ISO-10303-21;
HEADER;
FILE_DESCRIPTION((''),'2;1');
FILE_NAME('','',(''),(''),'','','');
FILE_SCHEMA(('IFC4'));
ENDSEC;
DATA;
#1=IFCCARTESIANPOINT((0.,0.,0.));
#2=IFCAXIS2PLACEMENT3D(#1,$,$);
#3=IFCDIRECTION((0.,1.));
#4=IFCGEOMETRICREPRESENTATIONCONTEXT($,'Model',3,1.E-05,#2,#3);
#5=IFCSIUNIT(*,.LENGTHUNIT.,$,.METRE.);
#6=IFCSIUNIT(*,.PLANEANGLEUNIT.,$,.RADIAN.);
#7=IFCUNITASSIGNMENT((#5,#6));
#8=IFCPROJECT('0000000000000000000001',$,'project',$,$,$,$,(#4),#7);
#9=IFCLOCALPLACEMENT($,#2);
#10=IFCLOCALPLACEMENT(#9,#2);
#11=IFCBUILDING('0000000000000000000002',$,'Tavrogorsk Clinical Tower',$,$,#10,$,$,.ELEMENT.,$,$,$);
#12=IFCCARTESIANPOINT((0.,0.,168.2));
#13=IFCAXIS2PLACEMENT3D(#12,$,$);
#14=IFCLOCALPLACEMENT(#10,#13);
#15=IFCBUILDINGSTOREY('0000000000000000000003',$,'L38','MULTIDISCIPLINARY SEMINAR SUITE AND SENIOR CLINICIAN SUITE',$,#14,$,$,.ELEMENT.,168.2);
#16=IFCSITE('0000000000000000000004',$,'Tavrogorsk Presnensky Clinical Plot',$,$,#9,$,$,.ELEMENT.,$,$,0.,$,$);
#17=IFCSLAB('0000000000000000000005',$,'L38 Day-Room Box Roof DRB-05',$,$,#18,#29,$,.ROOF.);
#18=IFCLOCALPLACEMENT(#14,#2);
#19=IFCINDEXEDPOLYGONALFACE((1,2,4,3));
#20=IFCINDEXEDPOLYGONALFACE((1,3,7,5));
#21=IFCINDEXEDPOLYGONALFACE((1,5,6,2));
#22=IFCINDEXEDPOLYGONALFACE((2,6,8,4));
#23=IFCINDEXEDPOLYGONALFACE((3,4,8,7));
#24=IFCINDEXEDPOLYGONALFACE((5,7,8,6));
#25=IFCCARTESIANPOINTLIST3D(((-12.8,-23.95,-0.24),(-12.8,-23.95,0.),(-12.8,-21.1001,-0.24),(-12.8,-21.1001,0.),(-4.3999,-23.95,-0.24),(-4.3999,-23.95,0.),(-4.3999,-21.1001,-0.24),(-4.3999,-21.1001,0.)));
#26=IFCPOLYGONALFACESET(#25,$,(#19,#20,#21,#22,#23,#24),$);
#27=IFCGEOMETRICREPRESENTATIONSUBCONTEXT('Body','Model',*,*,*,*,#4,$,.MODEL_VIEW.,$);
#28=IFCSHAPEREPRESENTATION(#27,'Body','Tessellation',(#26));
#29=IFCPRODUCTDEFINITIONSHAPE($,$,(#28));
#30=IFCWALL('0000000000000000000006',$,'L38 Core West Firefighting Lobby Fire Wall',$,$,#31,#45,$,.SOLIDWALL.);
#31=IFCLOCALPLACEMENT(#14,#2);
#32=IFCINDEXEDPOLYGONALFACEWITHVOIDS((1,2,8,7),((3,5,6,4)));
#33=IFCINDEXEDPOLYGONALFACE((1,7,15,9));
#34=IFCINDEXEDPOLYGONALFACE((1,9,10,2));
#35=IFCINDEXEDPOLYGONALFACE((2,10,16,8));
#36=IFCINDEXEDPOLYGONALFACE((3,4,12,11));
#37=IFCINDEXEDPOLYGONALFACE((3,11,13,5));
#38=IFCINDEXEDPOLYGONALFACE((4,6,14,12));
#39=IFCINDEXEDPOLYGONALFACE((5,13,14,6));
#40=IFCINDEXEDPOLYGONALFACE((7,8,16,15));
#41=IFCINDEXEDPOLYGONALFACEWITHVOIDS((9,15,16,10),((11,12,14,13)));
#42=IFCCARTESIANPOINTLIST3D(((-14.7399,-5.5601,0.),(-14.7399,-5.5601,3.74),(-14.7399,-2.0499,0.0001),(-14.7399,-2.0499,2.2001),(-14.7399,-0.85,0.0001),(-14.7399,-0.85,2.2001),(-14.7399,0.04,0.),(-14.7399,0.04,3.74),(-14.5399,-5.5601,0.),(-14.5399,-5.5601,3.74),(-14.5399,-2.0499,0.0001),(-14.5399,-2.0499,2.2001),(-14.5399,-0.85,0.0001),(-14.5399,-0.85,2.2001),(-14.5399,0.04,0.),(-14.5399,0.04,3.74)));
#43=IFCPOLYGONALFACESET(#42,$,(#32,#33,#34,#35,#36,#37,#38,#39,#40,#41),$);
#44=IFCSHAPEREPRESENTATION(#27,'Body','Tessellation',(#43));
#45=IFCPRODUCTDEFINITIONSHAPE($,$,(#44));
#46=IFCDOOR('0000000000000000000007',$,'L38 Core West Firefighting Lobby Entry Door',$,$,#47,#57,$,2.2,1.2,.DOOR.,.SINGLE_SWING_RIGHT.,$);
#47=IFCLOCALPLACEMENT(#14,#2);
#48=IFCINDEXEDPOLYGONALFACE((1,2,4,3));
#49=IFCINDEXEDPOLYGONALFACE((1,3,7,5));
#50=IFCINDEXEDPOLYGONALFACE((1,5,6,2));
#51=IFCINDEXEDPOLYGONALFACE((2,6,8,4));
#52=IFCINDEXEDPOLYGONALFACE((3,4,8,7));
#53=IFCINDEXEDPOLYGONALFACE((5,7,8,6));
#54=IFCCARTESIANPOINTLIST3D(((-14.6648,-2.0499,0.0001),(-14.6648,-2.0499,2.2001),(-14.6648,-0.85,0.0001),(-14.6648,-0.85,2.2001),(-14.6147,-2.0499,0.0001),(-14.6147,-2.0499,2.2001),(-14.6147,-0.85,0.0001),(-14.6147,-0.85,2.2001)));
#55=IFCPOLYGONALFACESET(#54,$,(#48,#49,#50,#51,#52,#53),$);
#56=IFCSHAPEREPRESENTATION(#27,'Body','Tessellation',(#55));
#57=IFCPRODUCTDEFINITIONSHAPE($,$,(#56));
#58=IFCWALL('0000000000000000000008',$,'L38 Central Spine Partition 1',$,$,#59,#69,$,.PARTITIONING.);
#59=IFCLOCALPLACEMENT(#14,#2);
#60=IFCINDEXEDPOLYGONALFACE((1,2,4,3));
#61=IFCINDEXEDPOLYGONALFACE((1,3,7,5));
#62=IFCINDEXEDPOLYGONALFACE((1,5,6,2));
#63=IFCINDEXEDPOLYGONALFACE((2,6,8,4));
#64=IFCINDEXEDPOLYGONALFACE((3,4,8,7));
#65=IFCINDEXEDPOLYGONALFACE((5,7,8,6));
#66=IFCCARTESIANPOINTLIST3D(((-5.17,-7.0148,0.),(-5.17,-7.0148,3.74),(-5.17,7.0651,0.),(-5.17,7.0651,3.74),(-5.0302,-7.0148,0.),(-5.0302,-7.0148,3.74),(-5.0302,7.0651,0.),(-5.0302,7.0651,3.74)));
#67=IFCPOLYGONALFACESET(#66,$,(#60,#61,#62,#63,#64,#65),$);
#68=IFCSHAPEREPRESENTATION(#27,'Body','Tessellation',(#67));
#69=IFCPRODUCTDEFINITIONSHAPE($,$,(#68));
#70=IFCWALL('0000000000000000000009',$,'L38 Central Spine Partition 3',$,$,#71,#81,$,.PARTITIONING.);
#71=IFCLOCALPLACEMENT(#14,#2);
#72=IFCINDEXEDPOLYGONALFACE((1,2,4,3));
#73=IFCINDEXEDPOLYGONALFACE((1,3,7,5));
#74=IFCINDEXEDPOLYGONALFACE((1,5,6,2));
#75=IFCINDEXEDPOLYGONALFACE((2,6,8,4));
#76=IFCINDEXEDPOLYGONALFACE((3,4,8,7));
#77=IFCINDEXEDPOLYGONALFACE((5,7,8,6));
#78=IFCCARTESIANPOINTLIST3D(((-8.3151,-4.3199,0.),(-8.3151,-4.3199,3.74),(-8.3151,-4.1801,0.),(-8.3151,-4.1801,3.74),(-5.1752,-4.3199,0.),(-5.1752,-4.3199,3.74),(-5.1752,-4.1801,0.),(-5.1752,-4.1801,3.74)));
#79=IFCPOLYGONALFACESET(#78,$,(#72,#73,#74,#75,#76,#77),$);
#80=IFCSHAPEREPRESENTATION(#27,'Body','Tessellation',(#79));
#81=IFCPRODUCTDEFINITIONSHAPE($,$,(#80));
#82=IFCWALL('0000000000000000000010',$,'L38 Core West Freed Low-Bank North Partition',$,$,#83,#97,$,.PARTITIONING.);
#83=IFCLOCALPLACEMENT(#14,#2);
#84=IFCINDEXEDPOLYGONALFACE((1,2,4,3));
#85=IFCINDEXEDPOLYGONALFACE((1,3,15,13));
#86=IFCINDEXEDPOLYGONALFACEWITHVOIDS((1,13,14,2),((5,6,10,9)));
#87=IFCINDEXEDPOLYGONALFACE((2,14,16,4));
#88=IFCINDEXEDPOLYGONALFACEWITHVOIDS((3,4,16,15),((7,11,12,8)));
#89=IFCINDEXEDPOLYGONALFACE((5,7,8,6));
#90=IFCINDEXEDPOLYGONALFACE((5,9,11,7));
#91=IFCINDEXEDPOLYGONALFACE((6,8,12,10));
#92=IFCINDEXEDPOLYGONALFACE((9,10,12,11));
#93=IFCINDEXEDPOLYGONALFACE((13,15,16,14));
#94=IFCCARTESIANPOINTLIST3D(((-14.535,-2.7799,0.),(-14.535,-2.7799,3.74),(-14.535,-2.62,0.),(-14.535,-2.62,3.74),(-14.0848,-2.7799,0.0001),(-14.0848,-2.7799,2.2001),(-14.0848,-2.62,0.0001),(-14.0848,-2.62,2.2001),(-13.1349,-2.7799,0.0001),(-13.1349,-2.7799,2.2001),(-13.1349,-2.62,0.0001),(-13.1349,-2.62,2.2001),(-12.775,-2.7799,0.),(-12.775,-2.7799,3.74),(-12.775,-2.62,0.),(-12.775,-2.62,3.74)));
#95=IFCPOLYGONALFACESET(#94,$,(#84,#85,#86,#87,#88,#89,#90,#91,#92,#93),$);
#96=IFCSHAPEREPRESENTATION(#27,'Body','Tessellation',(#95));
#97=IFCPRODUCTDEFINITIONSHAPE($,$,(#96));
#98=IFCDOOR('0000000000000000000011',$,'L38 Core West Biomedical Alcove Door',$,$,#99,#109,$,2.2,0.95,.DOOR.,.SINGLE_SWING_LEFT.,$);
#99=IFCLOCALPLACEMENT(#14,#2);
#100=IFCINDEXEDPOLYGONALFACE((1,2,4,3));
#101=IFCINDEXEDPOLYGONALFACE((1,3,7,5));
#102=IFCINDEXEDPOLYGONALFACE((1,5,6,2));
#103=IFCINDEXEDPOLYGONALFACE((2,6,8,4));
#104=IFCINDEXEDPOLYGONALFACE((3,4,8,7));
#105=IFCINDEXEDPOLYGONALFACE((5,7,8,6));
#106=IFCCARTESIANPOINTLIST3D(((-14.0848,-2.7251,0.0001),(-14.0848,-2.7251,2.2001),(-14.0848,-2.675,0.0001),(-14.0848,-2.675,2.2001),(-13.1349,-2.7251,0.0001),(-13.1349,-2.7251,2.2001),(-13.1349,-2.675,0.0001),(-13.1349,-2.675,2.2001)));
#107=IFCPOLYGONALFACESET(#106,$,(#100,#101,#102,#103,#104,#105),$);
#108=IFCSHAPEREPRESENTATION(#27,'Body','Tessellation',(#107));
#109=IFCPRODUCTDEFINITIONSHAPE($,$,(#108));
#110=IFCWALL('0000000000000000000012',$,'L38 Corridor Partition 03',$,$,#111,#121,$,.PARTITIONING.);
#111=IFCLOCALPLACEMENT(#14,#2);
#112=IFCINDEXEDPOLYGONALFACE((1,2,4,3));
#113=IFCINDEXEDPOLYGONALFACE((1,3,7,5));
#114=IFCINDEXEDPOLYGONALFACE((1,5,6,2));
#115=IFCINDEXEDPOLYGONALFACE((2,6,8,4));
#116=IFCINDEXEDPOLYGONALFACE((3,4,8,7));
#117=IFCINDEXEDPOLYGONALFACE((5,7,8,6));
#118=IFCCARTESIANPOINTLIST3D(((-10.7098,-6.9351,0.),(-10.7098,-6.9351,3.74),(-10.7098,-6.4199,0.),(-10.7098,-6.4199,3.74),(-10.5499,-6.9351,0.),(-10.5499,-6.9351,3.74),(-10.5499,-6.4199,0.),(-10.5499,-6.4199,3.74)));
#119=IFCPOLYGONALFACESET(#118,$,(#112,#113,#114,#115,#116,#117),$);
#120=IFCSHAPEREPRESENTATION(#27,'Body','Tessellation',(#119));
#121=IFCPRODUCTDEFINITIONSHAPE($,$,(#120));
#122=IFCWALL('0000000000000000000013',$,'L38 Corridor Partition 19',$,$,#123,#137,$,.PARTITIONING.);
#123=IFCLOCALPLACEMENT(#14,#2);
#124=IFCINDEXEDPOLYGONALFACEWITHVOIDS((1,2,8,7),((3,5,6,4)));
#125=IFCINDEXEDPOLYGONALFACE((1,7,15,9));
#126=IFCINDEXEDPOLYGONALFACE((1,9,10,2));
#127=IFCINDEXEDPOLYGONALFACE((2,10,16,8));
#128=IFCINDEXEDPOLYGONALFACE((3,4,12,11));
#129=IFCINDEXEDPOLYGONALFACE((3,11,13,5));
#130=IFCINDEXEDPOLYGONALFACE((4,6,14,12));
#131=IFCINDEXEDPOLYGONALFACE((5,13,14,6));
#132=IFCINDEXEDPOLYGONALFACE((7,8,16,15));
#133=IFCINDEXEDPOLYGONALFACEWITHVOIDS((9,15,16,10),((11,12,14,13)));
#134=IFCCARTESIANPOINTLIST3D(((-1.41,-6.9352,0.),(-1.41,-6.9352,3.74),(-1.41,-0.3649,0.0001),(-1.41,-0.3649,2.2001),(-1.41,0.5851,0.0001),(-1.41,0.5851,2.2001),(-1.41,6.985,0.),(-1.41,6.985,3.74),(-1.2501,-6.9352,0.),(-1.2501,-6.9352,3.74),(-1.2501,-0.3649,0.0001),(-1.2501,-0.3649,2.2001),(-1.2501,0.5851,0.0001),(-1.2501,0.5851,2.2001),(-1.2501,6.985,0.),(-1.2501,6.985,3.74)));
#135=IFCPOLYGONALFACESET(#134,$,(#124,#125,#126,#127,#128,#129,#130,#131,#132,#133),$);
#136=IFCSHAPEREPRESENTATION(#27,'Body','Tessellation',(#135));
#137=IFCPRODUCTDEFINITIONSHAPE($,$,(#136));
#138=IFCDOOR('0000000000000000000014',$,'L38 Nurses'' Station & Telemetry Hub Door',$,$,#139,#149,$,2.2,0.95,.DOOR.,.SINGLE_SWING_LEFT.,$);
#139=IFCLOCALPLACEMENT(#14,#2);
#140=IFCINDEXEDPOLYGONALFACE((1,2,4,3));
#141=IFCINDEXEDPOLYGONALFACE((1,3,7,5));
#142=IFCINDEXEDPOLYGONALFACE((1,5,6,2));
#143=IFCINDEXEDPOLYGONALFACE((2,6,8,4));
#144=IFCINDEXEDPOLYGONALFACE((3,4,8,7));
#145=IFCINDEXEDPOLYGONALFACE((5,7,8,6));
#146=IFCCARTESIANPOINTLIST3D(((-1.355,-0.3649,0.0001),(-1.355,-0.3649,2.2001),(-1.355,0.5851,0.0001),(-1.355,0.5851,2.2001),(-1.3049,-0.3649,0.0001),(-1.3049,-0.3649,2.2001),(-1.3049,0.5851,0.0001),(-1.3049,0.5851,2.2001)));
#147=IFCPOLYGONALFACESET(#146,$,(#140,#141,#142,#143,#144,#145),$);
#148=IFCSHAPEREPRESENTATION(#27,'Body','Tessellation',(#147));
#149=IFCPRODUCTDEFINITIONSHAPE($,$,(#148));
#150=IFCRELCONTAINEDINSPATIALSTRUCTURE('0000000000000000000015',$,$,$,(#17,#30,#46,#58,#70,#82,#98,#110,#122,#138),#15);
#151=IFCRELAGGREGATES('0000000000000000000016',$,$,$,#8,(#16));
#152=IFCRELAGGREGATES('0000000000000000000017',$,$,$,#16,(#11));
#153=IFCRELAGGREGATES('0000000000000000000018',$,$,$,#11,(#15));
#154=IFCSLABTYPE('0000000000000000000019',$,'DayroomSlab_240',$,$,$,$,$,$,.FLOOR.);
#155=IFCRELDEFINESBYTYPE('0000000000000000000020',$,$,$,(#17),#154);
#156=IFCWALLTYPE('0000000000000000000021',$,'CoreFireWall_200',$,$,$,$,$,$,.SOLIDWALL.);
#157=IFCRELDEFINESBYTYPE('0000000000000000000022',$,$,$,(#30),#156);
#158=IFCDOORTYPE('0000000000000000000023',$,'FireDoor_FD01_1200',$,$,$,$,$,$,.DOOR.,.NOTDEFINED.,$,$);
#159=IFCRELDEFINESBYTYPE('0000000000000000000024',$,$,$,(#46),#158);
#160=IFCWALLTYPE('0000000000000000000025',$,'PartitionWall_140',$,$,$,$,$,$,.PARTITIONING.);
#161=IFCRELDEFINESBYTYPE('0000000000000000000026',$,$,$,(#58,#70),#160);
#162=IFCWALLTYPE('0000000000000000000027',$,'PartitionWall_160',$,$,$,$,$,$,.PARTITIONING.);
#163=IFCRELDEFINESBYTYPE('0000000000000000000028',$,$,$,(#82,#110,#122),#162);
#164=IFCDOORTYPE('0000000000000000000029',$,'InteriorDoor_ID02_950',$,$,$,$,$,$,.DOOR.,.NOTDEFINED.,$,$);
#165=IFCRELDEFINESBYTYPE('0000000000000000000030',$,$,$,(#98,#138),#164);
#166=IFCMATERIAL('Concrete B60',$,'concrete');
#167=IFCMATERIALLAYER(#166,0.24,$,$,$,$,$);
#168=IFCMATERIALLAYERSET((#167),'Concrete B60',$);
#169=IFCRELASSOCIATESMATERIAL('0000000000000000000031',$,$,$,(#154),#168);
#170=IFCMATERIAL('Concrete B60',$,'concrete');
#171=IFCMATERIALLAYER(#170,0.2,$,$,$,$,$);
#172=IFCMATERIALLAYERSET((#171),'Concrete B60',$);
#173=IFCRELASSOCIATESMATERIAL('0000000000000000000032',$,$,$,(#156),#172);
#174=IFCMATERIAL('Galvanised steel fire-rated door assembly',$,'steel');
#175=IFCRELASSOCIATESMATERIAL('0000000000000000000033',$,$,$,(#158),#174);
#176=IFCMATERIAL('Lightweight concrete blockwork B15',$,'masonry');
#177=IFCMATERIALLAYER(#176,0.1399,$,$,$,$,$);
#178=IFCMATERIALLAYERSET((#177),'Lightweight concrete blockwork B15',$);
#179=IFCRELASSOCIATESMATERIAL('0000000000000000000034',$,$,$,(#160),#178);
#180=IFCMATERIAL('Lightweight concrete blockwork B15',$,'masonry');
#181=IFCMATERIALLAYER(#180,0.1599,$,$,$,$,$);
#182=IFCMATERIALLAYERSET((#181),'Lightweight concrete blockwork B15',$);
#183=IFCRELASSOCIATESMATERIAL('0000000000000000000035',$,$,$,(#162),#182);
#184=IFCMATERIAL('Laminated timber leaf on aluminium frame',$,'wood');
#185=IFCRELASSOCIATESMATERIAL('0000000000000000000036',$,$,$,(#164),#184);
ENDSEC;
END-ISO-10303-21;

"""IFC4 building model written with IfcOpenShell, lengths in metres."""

from ifc_helpers import new_model, si_unit, direction, frame, frame_2d, origin, place, context, subcontext, project, spatial, polyline, rectangle, outline, extrude, material, layer, layer_set, type_object, element, fill, save


model = new_model("IFC4")

# Units and contexts
model_context = context("Model", 3, precision=1e-05, world=origin(), true_north=direction((0.0, 1.0)))
body_context = subcontext(model_context, "Body", "Model", "MODEL_VIEW")
ifc_project = project(units=[si_unit("LENGTHUNIT", "METRE"), si_unit("PLANEANGLEUNIT", "RADIAN")], contexts=[model_context])

# Site, building, storey
site_placement = place(None, origin())
site = spatial("IfcSite", under=ifc_project, at=site_placement, Name="Tavrogorsk Presnensky Clinical Plot", CompositionType="ELEMENT", RefElevation=0.0)
building_placement = place(site_placement, origin())
building = spatial("IfcBuilding", under=site, at=building_placement, Name="Tavrogorsk Clinical Tower", CompositionType="ELEMENT")
storey_placement = place(building_placement, frame((0.0, 0.0, 168.2)))
storey = spatial("IfcBuildingStorey", under=building, at=storey_placement, Name="L38", Description="MULTIDISCIPLINARY SEMINAR SUITE AND SENIOR CLINICIAN SUITE", CompositionType="ELEMENT", Elevation=168.2)

# Slab
ifc_material_1 = material(Name="Concrete B60", Category="concrete")
ifc_layer_1 = layer(ifc_material_1, 0.24)
ifc_layer_set_1 = layer_set([ifc_layer_1], Name="Concrete B60")
slab_type = type_object("IfcSlabType", Name="DayroomSlab_240", PredefinedType="FLOOR", material=ifc_layer_set_1)
slab_placement = place(storey_placement, frame((0.0, 0.0, -0.24)))
element("IfcSlab", 1, at=slab_placement, inside=storey, type_object=slab_type, Name="L38 Day-Room Box Roof DRB-05", PredefinedType="ROOF", context=body_context, shape_type="SweptSolid", body=[
    extrude(outline(polyline([(-4.3999, -23.95), (-12.8, -23.95), (-12.8, -21.1001), (-4.3999, -21.1001), (-4.3999, -23.95)])), origin(), (0.0, 0.0, 1.0), 0.24),
])

# Wall, opening, door
ifc_material_2 = material(Name="Concrete B60", Category="concrete")
ifc_layer_2 = layer(ifc_material_2, 0.2)
ifc_layer_set_2 = layer_set([ifc_layer_2], Name="Concrete B60")
wall_type_1 = type_object("IfcWallType", Name="CoreFireWall_200", PredefinedType="SOLIDWALL", material=ifc_layer_set_2)
wall_1_placement = place(storey_placement, frame((-14.6399, -5.5601, 0.0), z_axis=(0.0, 0.0, 1.0), x_axis=(0.0, 1.0, 0.0)))
wall_1 = element("IfcWall", 2, at=wall_1_placement, inside=storey, type_object=wall_type_1, Name="L38 Core West Firefighting Lobby Fire Wall", PredefinedType="SOLIDWALL", context=body_context, shape_type="SweptSolid", body=[
    extrude(rectangle(XDim=5.6001, YDim=0.2, at=frame_2d((2.8, 0.0))), origin(), (0.0, 0.0, 1.0), 3.74),
])
opening_1_placement = place(wall_1_placement, frame((3.51, 0.0, 0.0)))
opening_1 = element("IfcOpeningElement", 3, at=opening_1_placement, cuts=wall_1, PredefinedType="OPENING", context=body_context, shape_type="SweptSolid", body=[
    extrude(rectangle(XDim=1.2, YDim=2.2, at=frame_2d((0.6001, 1.1001))), frame((0.0, 0.1099, 0.0), z_axis=(0.0, -1.0, 0.0), x_axis=(1.0, 0.0, 0.0)), (0.0, 0.0, 1.0), 0.22),
])
ifc_material_3 = material(Name="Galvanised steel fire-rated door assembly", Category="steel")
door_type_1 = type_object("IfcDoorType", Name="FireDoor_FD01_1200", OperationType="NOTDEFINED", PredefinedType="DOOR", material=ifc_material_3)
door_1_placement = place(opening_1_placement, origin())
door_1 = element("IfcDoor", 4, at=door_1_placement, inside=storey, type_object=door_type_1, Name="L38 Core West Firefighting Lobby Entry Door", OperationType="SINGLE_SWING_RIGHT", OverallHeight=2.2, OverallWidth=1.2, PredefinedType="DOOR", context=body_context, shape_type="SweptSolid", body=[
    extrude(rectangle(XDim=1.2, YDim=2.2, at=frame_2d((0.6001, 1.1001))), frame((0.0, 0.0249, 0.0), z_axis=(0.0, -1.0, 0.0), x_axis=(1.0, 0.0, 0.0)), (0.0, 0.0, 1.0), 0.05),
])
fill(opening_1, door_1)

# Walls
ifc_material_4 = material(Name="Lightweight concrete blockwork B15", Category="masonry")
ifc_layer_3 = layer(ifc_material_4, 0.1399)
ifc_layer_set_3 = layer_set([ifc_layer_3], Name="Lightweight concrete blockwork B15")
wall_type_2 = type_object("IfcWallType", Name="PartitionWall_140", PredefinedType="PARTITIONING", material=ifc_layer_set_3)
wall_2_placement = place(storey_placement, frame((-5.1001, -7.0149, 0.0), z_axis=(0.0, 0.0, 1.0), x_axis=(0.0, 1.0, 0.0)))
element("IfcWall", 5, at=wall_2_placement, inside=storey, type_object=wall_type_2, Name="L38 Central Spine Partition 1", PredefinedType="PARTITIONING", context=body_context, shape_type="SweptSolid", body=[
    extrude(rectangle(XDim=14.0798, YDim=0.1399, at=frame_2d((7.04, 0.0))), origin(), (0.0, 0.0, 1.0), 3.74),
])
wall_3_placement = place(storey_placement, frame((-8.3149, -4.25, 0.0), z_axis=(0.0, 0.0, 1.0), x_axis=(1.0, 0.0, 0.0)))
element("IfcWall", 6, at=wall_3_placement, inside=storey, type_object=wall_type_2, Name="L38 Central Spine Partition 3", PredefinedType="PARTITIONING", context=body_context, shape_type="SweptSolid", body=[
    extrude(rectangle(XDim=3.1399, YDim=0.1399, at=frame_2d((1.5698, 0.0))), origin(), (0.0, 0.0, 1.0), 3.74),
])

# Wall, opening, door
ifc_material_5 = material(Name="Lightweight concrete blockwork B15", Category="masonry")
ifc_layer_4 = layer(ifc_material_5, 0.1599)
ifc_layer_set_4 = layer_set([ifc_layer_4], Name="Lightweight concrete blockwork B15")
wall_type_3 = type_object("IfcWallType", Name="PartitionWall_160", PredefinedType="PARTITIONING", material=ifc_layer_set_4)
wall_4_placement = place(storey_placement, frame((-14.5349, -2.7, 0.0), z_axis=(0.0, 0.0, 1.0), x_axis=(1.0, 0.0, 0.0)))
wall_4 = element("IfcWall", 7, at=wall_4_placement, inside=storey, type_object=wall_type_3, Name="L38 Core West Freed Low-Bank North Partition", PredefinedType="PARTITIONING", context=body_context, shape_type="SweptSolid", body=[
    extrude(rectangle(XDim=1.76, YDim=0.1599, at=frame_2d((0.8799, 0.0))), origin(), (0.0, 0.0, 1.0), 3.74),
])
opening_2_placement = place(wall_4_placement, frame((0.45, 0.0, 0.0)))
opening_2 = element("IfcOpeningElement", 8, at=opening_2_placement, cuts=wall_4, PredefinedType="OPENING", context=body_context, shape_type="SweptSolid", body=[
    extrude(rectangle(XDim=0.95, YDim=2.2, at=frame_2d((0.4751, 1.1001))), frame((0.0, 0.0898, 0.0), z_axis=(0.0, -1.0, 0.0), x_axis=(1.0, 0.0, 0.0)), (0.0, 0.0, 1.0), 0.1799),
])
ifc_material_6 = material(Name="Laminated timber leaf on aluminium frame", Category="wood")
door_type_2 = type_object("IfcDoorType", Name="InteriorDoor_ID02_950", OperationType="NOTDEFINED", PredefinedType="DOOR", material=ifc_material_6)
door_2_placement = place(opening_2_placement, origin())
door_2 = element("IfcDoor", 9, at=door_2_placement, inside=storey, type_object=door_type_2, Name="L38 Core West Biomedical Alcove Door", OperationType="SINGLE_SWING_LEFT", OverallHeight=2.2, OverallWidth=0.95, PredefinedType="DOOR", context=body_context, shape_type="SweptSolid", body=[
    extrude(rectangle(XDim=0.95, YDim=2.2, at=frame_2d((0.4751, 1.1001))), frame((0.0, 0.0249, 0.0), z_axis=(0.0, -1.0, 0.0), x_axis=(1.0, 0.0, 0.0)), (0.0, 0.0, 1.0), 0.05),
])
fill(opening_2, door_2)

# Wall
wall_5_placement = place(storey_placement, frame((-10.6299, -6.9351, 0.0), z_axis=(0.0, 0.0, 1.0), x_axis=(0.0, 1.0, 0.0)))
element("IfcWall", 10, at=wall_5_placement, inside=storey, type_object=wall_type_3, Name="L38 Corridor Partition 03", PredefinedType="PARTITIONING", context=body_context, shape_type="SweptSolid", body=[
    extrude(rectangle(XDim=0.5151, YDim=0.1599, at=frame_2d((0.2576, 0.0))), origin(), (0.0, 0.0, 1.0), 3.74),
])

# Wall, opening, door
wall_6_placement = place(storey_placement, frame((-1.3301, -6.9351, 0.0), z_axis=(0.0, 0.0, 1.0), x_axis=(0.0, 1.0, 0.0)))
wall_6 = element("IfcWall", 11, at=wall_6_placement, inside=storey, type_object=wall_type_3, Name="L38 Corridor Partition 19", PredefinedType="PARTITIONING", context=body_context, shape_type="SweptSolid", body=[
    extrude(rectangle(XDim=13.9202, YDim=0.1599, at=frame_2d((6.96, 0.0))), origin(), (0.0, 0.0, 1.0), 3.74),
])
opening_3_placement = place(wall_6_placement, frame((6.5701, 0.0, 0.0)))
opening_3 = element("IfcOpeningElement", 12, at=opening_3_placement, cuts=wall_6, PredefinedType="OPENING", context=body_context, shape_type="SweptSolid", body=[
    extrude(rectangle(XDim=0.95, YDim=2.2, at=frame_2d((0.4751, 1.1001))), frame((0.0, 0.0898, 0.0), z_axis=(0.0, -1.0, 0.0), x_axis=(1.0, 0.0, 0.0)), (0.0, 0.0, 1.0), 0.1799),
])
door_3_placement = place(opening_3_placement, origin())
door_3 = element("IfcDoor", 13, at=door_3_placement, inside=storey, type_object=door_type_2, Name="L38 Nurses' Station & Telemetry Hub Door", OperationType="SINGLE_SWING_LEFT", OverallHeight=2.2, OverallWidth=0.95, PredefinedType="DOOR", context=body_context, shape_type="SweptSolid", body=[
    extrude(rectangle(XDim=0.95, YDim=2.2, at=frame_2d((0.4751, 1.1001))), frame((0.0, 0.0249, 0.0), z_axis=(0.0, -1.0, 0.0), x_axis=(1.0, 0.0, 0.0)), (0.0, 0.0, 1.0), 0.05),
])
fill(opening_3, door_3)

save(model, "model.ifc")
